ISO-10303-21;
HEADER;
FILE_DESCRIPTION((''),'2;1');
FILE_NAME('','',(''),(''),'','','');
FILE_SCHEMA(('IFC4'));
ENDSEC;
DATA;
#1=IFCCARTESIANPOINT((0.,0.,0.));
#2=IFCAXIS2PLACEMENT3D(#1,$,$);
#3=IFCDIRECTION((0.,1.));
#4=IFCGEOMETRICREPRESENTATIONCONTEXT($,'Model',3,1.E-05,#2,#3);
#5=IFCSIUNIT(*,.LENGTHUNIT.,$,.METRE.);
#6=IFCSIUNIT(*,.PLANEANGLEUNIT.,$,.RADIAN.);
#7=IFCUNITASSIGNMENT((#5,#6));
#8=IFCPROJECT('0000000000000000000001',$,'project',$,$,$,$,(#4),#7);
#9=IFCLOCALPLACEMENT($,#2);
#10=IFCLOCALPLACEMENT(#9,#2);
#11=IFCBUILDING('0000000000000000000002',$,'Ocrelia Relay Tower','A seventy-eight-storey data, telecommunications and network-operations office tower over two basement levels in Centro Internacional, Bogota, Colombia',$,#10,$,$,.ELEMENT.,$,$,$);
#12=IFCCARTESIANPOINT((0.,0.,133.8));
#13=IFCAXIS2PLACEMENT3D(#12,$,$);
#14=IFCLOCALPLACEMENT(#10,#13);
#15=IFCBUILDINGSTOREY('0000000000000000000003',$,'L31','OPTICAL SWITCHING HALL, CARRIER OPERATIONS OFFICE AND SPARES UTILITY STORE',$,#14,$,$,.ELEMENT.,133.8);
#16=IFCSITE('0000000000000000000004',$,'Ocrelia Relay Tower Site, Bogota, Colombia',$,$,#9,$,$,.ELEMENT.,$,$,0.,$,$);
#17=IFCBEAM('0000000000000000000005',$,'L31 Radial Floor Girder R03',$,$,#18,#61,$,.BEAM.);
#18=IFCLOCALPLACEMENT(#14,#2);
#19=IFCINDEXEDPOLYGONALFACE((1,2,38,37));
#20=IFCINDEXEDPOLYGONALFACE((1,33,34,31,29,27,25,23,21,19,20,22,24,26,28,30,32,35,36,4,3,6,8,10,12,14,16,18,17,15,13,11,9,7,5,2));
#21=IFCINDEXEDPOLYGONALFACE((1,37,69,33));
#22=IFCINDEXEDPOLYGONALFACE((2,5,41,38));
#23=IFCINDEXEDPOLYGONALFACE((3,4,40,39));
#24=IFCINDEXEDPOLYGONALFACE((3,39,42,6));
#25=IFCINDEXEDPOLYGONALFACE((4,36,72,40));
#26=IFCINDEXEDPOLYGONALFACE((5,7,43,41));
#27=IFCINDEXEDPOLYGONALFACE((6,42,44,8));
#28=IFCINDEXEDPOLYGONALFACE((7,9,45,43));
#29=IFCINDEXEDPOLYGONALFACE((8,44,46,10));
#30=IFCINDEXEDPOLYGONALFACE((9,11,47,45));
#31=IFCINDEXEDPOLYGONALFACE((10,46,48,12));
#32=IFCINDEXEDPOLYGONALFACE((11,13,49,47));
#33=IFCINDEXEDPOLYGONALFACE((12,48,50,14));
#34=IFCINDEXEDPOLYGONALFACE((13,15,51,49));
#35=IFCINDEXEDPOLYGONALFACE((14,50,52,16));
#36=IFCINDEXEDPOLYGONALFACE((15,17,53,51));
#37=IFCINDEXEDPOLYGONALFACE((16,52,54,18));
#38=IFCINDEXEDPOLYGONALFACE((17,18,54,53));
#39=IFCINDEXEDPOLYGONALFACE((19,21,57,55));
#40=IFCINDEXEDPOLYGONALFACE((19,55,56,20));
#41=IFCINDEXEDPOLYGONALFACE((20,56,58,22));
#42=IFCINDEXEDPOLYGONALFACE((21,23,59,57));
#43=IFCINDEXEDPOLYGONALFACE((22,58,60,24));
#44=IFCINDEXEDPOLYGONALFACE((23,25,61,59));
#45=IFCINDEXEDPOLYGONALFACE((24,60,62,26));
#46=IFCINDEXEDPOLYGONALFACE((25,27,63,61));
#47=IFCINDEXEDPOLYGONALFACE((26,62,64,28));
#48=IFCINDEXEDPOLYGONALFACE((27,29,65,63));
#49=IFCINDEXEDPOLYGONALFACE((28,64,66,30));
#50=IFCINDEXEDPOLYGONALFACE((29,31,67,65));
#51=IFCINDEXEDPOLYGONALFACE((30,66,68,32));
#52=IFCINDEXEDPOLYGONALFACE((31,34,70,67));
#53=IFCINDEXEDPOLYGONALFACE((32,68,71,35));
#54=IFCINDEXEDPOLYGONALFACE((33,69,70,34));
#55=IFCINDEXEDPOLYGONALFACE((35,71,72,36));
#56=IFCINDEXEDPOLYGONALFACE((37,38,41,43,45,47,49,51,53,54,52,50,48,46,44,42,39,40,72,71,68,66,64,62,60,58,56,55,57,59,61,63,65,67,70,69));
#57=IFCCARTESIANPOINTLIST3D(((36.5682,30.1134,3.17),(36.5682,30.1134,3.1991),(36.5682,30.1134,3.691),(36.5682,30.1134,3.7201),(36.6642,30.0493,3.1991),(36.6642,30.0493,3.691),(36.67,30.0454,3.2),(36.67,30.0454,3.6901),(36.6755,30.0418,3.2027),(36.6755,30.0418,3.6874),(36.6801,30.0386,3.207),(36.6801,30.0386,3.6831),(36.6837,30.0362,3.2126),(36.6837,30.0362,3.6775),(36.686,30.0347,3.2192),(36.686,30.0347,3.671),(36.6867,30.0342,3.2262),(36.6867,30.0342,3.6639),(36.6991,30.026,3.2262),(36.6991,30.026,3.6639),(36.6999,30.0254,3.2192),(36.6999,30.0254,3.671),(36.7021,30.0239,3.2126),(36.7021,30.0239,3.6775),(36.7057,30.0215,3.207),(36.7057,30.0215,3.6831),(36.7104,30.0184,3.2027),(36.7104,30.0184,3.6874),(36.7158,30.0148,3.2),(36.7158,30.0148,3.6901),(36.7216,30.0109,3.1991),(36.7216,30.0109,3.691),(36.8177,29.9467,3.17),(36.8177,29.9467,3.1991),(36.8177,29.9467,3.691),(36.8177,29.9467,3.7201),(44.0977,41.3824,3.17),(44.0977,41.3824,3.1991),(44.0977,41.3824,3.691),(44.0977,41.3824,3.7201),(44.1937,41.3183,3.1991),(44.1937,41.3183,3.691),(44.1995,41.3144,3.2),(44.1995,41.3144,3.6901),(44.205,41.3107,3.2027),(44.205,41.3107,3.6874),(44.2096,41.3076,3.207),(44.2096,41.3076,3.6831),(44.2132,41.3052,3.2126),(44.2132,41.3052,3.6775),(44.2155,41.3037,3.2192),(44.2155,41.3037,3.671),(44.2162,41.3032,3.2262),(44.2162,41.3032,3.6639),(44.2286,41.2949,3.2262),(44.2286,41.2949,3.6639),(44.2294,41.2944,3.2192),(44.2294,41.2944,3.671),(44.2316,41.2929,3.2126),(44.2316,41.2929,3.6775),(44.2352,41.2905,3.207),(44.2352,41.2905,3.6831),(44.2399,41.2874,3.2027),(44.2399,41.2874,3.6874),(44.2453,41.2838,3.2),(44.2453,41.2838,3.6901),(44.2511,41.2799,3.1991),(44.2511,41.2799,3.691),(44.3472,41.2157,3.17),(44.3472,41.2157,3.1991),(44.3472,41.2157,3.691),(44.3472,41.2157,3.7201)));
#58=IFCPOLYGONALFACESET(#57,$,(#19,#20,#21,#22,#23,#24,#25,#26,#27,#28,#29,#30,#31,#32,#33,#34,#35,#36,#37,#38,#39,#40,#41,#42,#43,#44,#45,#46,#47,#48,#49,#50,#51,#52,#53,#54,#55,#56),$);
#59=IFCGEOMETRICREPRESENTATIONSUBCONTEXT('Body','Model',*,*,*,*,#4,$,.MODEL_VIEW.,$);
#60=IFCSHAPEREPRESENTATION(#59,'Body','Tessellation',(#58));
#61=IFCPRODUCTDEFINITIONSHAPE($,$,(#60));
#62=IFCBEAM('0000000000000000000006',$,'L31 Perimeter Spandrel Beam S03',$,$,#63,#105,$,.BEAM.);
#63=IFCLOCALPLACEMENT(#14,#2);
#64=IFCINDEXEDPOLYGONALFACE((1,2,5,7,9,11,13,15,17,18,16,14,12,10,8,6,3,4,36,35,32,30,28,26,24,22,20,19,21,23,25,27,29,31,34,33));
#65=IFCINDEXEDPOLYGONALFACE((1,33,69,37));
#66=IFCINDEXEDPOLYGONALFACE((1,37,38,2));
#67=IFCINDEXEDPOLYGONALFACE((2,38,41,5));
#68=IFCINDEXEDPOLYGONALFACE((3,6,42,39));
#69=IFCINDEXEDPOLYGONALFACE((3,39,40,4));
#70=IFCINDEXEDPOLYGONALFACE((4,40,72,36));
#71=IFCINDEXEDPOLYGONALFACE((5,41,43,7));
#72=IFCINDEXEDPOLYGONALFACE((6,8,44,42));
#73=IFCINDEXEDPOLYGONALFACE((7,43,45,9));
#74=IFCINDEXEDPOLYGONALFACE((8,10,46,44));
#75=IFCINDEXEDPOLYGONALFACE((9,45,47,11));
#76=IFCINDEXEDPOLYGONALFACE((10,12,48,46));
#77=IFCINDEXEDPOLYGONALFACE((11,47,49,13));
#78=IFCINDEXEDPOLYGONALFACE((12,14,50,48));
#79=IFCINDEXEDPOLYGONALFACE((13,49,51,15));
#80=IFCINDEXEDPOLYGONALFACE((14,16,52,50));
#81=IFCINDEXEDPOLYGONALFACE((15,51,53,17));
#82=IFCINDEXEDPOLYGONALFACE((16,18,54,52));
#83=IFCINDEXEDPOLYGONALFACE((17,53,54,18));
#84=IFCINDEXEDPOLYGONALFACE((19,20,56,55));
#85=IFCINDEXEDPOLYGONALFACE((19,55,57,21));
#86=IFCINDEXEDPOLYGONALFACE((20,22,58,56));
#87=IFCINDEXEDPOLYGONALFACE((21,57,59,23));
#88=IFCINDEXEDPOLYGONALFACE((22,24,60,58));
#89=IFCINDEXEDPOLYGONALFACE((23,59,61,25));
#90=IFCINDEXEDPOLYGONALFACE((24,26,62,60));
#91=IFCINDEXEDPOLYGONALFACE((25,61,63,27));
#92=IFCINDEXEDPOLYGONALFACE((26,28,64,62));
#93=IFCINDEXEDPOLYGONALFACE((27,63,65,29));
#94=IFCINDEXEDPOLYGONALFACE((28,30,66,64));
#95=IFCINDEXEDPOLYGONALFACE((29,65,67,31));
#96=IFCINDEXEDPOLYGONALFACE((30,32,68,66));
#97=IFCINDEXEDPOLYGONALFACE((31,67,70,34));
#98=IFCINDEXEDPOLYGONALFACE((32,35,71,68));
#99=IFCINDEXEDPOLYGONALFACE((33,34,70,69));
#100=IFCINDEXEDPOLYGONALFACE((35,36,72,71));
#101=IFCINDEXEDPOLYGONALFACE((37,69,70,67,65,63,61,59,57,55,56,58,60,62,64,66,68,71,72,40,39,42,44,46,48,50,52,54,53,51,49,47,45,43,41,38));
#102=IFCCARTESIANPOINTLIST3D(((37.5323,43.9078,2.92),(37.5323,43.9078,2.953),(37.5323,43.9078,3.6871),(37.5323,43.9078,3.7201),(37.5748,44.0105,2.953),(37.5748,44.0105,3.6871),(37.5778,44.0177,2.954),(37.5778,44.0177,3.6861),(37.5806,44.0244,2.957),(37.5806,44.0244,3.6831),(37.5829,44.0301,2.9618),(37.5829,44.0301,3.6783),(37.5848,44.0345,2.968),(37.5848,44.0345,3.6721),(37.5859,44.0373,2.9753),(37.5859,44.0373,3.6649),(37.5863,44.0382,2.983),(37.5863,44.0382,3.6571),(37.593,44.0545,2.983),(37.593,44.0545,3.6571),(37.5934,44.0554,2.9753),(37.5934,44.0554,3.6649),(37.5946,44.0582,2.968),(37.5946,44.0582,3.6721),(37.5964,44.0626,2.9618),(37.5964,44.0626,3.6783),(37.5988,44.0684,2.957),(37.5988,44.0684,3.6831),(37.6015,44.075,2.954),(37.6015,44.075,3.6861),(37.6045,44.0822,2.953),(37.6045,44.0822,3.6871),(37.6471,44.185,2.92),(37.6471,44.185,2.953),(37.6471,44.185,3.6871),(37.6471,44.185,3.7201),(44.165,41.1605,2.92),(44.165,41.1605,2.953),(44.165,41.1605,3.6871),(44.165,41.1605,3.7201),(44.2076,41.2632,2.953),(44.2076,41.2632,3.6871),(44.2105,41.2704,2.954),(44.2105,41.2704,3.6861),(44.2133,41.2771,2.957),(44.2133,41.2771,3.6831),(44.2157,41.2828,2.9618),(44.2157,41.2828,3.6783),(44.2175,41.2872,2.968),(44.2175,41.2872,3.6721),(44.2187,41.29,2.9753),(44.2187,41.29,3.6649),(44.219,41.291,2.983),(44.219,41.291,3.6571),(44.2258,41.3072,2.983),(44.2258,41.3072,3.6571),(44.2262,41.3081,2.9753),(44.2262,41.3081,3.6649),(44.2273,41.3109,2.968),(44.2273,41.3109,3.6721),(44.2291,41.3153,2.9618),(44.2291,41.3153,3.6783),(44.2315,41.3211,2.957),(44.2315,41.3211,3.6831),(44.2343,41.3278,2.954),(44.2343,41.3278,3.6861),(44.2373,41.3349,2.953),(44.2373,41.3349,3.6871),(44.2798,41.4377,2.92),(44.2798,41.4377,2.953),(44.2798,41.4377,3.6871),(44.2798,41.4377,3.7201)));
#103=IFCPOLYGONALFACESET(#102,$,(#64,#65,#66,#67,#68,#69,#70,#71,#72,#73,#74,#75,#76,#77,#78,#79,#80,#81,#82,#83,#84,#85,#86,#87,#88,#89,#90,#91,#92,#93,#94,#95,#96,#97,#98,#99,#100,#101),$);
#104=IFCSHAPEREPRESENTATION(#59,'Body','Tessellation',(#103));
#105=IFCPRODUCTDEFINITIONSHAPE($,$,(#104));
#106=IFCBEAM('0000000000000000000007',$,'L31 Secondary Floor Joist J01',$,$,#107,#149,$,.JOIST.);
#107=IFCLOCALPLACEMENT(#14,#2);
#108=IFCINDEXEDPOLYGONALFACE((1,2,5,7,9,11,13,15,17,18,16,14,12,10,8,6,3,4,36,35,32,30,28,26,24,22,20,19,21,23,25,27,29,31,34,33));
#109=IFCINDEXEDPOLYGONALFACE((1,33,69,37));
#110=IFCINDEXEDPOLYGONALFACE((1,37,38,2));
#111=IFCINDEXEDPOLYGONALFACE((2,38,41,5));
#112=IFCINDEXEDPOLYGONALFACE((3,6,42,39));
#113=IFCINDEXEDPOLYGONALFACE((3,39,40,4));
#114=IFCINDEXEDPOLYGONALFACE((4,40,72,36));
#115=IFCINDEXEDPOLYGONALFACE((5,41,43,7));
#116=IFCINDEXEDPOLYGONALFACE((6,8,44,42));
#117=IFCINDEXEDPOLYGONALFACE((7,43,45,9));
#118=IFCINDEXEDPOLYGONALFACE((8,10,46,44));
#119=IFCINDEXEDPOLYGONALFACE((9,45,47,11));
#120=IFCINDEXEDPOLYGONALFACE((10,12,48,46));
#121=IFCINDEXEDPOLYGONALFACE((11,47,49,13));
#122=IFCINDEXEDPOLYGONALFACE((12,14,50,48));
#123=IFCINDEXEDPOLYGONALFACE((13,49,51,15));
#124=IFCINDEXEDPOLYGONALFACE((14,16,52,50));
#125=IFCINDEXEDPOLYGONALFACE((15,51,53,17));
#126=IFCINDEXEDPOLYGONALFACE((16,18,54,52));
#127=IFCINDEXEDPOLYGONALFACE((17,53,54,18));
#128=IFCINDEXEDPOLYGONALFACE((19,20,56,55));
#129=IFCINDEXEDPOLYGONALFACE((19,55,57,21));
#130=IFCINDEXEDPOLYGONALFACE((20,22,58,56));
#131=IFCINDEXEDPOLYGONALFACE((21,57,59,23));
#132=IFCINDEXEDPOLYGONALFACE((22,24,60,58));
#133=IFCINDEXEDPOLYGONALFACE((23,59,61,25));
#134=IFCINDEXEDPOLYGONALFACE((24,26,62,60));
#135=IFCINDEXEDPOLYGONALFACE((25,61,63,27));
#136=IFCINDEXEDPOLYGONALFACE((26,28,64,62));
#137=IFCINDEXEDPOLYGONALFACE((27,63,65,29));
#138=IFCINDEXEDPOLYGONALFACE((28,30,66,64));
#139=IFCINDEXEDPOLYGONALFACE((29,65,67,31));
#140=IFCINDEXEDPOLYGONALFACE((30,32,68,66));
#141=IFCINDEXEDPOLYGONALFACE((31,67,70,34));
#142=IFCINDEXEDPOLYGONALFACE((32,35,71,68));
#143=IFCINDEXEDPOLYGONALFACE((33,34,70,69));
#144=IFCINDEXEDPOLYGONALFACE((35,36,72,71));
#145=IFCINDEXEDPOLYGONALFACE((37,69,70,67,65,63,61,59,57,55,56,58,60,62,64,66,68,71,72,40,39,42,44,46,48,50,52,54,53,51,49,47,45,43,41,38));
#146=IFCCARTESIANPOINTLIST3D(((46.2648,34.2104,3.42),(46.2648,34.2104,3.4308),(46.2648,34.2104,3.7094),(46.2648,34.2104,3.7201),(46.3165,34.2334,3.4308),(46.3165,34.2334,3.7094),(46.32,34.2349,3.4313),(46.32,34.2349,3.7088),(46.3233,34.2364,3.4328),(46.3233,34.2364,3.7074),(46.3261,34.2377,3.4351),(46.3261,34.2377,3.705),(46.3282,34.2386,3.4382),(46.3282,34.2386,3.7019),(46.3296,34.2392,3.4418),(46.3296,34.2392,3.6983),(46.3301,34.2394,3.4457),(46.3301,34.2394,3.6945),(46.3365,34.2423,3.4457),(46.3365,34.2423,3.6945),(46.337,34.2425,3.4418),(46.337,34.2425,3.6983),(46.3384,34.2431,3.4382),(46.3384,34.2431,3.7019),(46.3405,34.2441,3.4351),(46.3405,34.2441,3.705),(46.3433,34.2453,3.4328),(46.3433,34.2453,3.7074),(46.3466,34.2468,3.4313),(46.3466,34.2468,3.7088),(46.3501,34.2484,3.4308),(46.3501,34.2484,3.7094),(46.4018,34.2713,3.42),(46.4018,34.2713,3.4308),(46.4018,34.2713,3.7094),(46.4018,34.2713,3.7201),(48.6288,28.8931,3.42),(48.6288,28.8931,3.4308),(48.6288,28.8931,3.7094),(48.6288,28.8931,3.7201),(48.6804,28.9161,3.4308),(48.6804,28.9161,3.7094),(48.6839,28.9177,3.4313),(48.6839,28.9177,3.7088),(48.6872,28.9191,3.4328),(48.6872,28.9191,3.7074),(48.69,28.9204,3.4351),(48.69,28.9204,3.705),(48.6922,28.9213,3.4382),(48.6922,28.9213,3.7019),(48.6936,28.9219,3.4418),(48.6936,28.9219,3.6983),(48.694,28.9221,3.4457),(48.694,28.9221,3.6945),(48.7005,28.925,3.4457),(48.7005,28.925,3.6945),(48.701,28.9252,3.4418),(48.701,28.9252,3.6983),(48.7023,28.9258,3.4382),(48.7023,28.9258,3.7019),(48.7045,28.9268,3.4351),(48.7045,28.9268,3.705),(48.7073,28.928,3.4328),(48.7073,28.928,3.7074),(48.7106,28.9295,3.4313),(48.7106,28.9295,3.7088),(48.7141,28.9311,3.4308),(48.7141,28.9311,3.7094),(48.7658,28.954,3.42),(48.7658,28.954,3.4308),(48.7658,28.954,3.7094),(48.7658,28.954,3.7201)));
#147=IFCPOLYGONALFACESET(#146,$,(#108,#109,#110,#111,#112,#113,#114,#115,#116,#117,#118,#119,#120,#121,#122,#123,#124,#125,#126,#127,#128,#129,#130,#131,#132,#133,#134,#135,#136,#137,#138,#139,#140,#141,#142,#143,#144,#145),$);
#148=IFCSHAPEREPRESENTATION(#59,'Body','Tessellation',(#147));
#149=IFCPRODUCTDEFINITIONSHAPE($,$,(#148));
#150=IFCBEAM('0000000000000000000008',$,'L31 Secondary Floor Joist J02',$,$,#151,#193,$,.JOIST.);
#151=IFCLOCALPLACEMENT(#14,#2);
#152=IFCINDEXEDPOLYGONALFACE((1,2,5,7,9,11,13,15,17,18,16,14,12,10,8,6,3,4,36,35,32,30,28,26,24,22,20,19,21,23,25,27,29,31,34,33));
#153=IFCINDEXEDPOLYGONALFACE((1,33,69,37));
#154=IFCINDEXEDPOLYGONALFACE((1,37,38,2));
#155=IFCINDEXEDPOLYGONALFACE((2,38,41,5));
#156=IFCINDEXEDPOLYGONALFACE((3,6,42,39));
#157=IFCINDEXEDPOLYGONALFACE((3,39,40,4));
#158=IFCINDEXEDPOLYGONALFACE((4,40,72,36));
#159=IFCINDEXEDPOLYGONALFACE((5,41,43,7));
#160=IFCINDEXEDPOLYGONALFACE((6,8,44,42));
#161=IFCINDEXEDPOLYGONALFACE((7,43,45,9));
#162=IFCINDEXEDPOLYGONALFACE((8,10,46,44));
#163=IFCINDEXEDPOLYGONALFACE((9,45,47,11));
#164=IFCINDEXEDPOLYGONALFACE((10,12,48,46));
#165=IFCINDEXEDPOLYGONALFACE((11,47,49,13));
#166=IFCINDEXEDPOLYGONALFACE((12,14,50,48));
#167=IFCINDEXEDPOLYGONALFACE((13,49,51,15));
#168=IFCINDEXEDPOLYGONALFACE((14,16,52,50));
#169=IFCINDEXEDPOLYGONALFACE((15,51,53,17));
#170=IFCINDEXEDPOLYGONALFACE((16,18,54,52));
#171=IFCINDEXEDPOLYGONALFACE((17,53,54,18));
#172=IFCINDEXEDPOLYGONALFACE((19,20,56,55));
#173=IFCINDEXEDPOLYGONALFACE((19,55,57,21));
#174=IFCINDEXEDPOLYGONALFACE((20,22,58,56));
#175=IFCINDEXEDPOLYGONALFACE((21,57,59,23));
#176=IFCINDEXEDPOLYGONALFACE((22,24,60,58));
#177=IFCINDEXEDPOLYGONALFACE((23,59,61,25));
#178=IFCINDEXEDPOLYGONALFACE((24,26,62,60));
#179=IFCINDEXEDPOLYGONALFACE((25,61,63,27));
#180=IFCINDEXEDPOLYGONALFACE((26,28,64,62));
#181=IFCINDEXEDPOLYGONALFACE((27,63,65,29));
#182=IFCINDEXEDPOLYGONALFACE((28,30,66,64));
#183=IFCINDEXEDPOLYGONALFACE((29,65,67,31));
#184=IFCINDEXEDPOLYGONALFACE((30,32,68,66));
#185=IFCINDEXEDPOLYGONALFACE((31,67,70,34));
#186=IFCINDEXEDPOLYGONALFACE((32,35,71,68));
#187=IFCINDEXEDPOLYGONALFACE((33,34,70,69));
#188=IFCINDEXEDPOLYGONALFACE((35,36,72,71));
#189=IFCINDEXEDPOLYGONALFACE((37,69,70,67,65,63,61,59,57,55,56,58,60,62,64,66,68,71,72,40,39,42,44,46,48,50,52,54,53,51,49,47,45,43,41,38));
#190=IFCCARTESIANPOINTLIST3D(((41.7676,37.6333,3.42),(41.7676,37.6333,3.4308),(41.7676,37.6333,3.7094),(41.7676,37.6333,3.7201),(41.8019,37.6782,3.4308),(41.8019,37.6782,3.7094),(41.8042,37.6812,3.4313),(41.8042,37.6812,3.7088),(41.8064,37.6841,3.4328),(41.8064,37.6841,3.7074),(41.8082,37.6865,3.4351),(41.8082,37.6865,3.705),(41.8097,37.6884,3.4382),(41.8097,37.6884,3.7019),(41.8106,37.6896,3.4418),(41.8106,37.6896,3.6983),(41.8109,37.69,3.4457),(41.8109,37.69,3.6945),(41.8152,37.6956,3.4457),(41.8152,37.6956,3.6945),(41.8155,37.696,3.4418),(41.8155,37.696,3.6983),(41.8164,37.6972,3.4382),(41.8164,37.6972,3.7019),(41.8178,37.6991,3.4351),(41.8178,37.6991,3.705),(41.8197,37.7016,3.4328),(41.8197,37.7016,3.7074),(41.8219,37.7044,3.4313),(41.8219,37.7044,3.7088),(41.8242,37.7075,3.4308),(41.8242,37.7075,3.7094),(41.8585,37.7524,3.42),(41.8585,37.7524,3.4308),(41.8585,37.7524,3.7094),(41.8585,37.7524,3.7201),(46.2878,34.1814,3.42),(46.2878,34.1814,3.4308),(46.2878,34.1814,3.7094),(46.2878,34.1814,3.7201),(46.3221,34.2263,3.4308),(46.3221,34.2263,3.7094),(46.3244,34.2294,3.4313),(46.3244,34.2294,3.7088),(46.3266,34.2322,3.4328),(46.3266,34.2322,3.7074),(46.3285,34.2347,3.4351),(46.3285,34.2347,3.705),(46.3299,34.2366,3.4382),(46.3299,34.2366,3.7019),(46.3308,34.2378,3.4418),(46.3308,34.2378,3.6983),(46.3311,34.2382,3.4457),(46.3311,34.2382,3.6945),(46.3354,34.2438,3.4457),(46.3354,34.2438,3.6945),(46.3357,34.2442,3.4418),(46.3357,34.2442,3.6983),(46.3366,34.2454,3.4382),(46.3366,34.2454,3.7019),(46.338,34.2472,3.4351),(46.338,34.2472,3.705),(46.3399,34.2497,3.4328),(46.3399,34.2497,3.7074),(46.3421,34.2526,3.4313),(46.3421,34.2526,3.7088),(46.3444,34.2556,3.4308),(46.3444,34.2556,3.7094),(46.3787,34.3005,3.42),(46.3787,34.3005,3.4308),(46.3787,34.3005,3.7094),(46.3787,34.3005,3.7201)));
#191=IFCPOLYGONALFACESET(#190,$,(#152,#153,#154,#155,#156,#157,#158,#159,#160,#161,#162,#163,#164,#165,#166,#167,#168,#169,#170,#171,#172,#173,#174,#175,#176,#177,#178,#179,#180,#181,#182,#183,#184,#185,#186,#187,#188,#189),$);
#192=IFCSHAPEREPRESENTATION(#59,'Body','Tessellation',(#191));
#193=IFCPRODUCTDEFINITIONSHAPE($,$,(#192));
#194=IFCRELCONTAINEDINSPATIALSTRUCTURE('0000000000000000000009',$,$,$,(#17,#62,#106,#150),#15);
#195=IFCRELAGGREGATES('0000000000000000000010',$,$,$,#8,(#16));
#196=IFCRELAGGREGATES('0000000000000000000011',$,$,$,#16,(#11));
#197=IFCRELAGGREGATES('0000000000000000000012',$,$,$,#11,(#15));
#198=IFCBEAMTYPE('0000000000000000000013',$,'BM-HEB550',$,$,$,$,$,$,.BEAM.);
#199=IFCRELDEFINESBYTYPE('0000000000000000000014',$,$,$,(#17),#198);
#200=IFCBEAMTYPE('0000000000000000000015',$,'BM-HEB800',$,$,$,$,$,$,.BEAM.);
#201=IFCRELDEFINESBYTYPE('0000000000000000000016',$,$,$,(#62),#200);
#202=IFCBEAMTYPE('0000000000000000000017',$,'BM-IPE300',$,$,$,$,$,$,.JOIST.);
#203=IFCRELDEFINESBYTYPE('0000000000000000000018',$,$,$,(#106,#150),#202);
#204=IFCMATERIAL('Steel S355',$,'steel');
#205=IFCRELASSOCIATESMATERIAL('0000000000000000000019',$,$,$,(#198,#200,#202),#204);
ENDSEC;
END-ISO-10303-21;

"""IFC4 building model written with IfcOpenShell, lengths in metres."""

from ifc_helpers import new_model, si_unit, direction, frame, origin, origin_2d, place, context, subcontext, project, spatial, i_section, extrude, material, material_profile, profile_set, type_object, element, save


model = new_model("IFC4")

# Units and contexts
model_context = context("Model", 3, precision=1e-05, world=origin(), true_north=direction((0.0, 1.0)))
body_context = subcontext(model_context, "Body", "Model", "MODEL_VIEW")
ifc_project = project(units=[si_unit("LENGTHUNIT", "METRE"), si_unit("PLANEANGLEUNIT", "RADIAN")], contexts=[model_context])

# Site, building, storey
site_placement = place(None, origin())
site = spatial("IfcSite", under=ifc_project, at=site_placement, Name="Ocrelia Relay Tower Site, Bogota, Colombia", CompositionType="ELEMENT", RefElevation=0.0)
building_placement = place(site_placement, origin())
building = spatial("IfcBuilding", under=site, at=building_placement, Name="Ocrelia Relay Tower", Description="A seventy-eight-storey data, telecommunications and network-operations office tower over two basement levels in Centro Internacional, Bogota, Colombia", CompositionType="ELEMENT")
storey_placement = place(building_placement, frame((0.0, 0.0, 133.8)))
storey = spatial("IfcBuildingStorey", under=building, at=storey_placement, Name="L31", Description="OPTICAL SWITCHING HALL, CARRIER OPERATIONS OFFICE AND SPARES UTILITY STORE", CompositionType="ELEMENT", Elevation=133.8)

# Beams
ifc_material_1 = material(Name="Steel S355", Category="steel")
ifc_material_profile_1 = material_profile(ifc_material_1, i_section(OverallWidth=0.3, OverallDepth=0.55, WebThickness=0.0149, FlangeThickness=0.0291, FilletRadius=0.0271, at=origin_2d()), Name="HEB 550")
ifc_profile_set_1 = profile_set([ifc_material_profile_1], Name="Steel S355")
beam_type_1 = type_object("IfcBeamType", Name="BM-HEB550", PredefinedType="BEAM", material=ifc_profile_set_1)
beam_1_placement = place(storey_placement, frame((44.2224, 41.2991, 3.4451), z_axis=(-0.55556, -0.831476, 0.0), x_axis=(0.831476, -0.55556, 0.0)))
element("IfcBeam", 1, at=beam_1_placement, inside=storey, type_object=beam_type_1, Name="L31 Radial Floor Girder R03", PredefinedType="BEAM", context=body_context, shape_type="SweptSolid", body=[
    extrude(i_section(OverallWidth=0.3, OverallDepth=0.55, WebThickness=0.0149, FlangeThickness=0.0291, FilletRadius=0.0271, at=origin_2d()), origin(), (0.0, 0.0, 1.0), 13.553),
])
ifc_material_profile_2 = material_profile(ifc_material_1, i_section(OverallWidth=0.3, OverallDepth=0.8, WebThickness=0.0176, FlangeThickness=0.033, FilletRadius=0.03, at=origin_2d()), Name="HEB 800")
ifc_profile_set_2 = profile_set([ifc_material_profile_2], Name="Steel S355")
beam_type_2 = type_object("IfcBeamType", Name="BM-HEB800", PredefinedType="BEAM", material=ifc_profile_set_2)
beam_2_placement = place(storey_placement, frame((44.2224, 41.2991, 3.3201), z_axis=(-0.923884, 0.382673, 0.0), x_axis=(-0.382673, -0.923884, 0.0)))
element("IfcBeam", 2, at=beam_2_placement, inside=storey, type_object=beam_type_2, Name="L31 Perimeter Spandrel Beam S03", PredefinedType="BEAM", context=body_context, shape_type="SweptSolid", body=[
    extrude(i_section(OverallWidth=0.3, OverallDepth=0.8, WebThickness=0.0176, FlangeThickness=0.033, FilletRadius=0.03, at=origin_2d()), origin(), (0.0, 0.0, 1.0), 7.1792),
])
ifc_material_profile_3 = material_profile(ifc_material_1, i_section(OverallWidth=0.1499, OverallDepth=0.3, WebThickness=0.0071, FlangeThickness=0.0107, FilletRadius=0.0149, at=origin_2d()), Name="IPE 300")
ifc_profile_set_3 = profile_set([ifc_material_profile_3], Name="Steel S355")
beam_type_3 = type_object("IfcBeamType", Name="BM-IPE300", PredefinedType="JOIST", material=ifc_profile_set_3)
beam_3_placement = place(storey_placement, frame((48.6973, 28.9236, 3.5701), z_axis=(-0.406244, 0.913765, 0.0), x_axis=(-0.913765, -0.406244, 0.0)))
element("IfcBeam", 3, at=beam_3_placement, inside=storey, type_object=beam_type_3, Name="L31 Secondary Floor Joist J01", PredefinedType="JOIST", context=body_context, shape_type="SweptSolid", body=[
    extrude(i_section(OverallWidth=0.1499, OverallDepth=0.3, WebThickness=0.0071, FlangeThickness=0.0107, FilletRadius=0.0149, at=origin_2d()), origin(), (0.0, 0.0, 1.0), 5.8191),
])
beam_4_placement = place(storey_placement, frame((46.3333, 34.241, 3.5701), z_axis=(-0.794762, 0.606921, 0.0), x_axis=(-0.606921, -0.794762, 0.0)))
element("IfcBeam", 4, at=beam_4_placement, inside=storey, type_object=beam_type_3, Name="L31 Secondary Floor Joist J02", PredefinedType="JOIST", context=body_context, shape_type="SweptSolid", body=[
    extrude(i_section(OverallWidth=0.1499, OverallDepth=0.3, WebThickness=0.0071, FlangeThickness=0.0107, FilletRadius=0.0149, at=origin_2d()), origin(), (0.0, 0.0, 1.0), 5.6875),
])

save(model, "model.ifc")
